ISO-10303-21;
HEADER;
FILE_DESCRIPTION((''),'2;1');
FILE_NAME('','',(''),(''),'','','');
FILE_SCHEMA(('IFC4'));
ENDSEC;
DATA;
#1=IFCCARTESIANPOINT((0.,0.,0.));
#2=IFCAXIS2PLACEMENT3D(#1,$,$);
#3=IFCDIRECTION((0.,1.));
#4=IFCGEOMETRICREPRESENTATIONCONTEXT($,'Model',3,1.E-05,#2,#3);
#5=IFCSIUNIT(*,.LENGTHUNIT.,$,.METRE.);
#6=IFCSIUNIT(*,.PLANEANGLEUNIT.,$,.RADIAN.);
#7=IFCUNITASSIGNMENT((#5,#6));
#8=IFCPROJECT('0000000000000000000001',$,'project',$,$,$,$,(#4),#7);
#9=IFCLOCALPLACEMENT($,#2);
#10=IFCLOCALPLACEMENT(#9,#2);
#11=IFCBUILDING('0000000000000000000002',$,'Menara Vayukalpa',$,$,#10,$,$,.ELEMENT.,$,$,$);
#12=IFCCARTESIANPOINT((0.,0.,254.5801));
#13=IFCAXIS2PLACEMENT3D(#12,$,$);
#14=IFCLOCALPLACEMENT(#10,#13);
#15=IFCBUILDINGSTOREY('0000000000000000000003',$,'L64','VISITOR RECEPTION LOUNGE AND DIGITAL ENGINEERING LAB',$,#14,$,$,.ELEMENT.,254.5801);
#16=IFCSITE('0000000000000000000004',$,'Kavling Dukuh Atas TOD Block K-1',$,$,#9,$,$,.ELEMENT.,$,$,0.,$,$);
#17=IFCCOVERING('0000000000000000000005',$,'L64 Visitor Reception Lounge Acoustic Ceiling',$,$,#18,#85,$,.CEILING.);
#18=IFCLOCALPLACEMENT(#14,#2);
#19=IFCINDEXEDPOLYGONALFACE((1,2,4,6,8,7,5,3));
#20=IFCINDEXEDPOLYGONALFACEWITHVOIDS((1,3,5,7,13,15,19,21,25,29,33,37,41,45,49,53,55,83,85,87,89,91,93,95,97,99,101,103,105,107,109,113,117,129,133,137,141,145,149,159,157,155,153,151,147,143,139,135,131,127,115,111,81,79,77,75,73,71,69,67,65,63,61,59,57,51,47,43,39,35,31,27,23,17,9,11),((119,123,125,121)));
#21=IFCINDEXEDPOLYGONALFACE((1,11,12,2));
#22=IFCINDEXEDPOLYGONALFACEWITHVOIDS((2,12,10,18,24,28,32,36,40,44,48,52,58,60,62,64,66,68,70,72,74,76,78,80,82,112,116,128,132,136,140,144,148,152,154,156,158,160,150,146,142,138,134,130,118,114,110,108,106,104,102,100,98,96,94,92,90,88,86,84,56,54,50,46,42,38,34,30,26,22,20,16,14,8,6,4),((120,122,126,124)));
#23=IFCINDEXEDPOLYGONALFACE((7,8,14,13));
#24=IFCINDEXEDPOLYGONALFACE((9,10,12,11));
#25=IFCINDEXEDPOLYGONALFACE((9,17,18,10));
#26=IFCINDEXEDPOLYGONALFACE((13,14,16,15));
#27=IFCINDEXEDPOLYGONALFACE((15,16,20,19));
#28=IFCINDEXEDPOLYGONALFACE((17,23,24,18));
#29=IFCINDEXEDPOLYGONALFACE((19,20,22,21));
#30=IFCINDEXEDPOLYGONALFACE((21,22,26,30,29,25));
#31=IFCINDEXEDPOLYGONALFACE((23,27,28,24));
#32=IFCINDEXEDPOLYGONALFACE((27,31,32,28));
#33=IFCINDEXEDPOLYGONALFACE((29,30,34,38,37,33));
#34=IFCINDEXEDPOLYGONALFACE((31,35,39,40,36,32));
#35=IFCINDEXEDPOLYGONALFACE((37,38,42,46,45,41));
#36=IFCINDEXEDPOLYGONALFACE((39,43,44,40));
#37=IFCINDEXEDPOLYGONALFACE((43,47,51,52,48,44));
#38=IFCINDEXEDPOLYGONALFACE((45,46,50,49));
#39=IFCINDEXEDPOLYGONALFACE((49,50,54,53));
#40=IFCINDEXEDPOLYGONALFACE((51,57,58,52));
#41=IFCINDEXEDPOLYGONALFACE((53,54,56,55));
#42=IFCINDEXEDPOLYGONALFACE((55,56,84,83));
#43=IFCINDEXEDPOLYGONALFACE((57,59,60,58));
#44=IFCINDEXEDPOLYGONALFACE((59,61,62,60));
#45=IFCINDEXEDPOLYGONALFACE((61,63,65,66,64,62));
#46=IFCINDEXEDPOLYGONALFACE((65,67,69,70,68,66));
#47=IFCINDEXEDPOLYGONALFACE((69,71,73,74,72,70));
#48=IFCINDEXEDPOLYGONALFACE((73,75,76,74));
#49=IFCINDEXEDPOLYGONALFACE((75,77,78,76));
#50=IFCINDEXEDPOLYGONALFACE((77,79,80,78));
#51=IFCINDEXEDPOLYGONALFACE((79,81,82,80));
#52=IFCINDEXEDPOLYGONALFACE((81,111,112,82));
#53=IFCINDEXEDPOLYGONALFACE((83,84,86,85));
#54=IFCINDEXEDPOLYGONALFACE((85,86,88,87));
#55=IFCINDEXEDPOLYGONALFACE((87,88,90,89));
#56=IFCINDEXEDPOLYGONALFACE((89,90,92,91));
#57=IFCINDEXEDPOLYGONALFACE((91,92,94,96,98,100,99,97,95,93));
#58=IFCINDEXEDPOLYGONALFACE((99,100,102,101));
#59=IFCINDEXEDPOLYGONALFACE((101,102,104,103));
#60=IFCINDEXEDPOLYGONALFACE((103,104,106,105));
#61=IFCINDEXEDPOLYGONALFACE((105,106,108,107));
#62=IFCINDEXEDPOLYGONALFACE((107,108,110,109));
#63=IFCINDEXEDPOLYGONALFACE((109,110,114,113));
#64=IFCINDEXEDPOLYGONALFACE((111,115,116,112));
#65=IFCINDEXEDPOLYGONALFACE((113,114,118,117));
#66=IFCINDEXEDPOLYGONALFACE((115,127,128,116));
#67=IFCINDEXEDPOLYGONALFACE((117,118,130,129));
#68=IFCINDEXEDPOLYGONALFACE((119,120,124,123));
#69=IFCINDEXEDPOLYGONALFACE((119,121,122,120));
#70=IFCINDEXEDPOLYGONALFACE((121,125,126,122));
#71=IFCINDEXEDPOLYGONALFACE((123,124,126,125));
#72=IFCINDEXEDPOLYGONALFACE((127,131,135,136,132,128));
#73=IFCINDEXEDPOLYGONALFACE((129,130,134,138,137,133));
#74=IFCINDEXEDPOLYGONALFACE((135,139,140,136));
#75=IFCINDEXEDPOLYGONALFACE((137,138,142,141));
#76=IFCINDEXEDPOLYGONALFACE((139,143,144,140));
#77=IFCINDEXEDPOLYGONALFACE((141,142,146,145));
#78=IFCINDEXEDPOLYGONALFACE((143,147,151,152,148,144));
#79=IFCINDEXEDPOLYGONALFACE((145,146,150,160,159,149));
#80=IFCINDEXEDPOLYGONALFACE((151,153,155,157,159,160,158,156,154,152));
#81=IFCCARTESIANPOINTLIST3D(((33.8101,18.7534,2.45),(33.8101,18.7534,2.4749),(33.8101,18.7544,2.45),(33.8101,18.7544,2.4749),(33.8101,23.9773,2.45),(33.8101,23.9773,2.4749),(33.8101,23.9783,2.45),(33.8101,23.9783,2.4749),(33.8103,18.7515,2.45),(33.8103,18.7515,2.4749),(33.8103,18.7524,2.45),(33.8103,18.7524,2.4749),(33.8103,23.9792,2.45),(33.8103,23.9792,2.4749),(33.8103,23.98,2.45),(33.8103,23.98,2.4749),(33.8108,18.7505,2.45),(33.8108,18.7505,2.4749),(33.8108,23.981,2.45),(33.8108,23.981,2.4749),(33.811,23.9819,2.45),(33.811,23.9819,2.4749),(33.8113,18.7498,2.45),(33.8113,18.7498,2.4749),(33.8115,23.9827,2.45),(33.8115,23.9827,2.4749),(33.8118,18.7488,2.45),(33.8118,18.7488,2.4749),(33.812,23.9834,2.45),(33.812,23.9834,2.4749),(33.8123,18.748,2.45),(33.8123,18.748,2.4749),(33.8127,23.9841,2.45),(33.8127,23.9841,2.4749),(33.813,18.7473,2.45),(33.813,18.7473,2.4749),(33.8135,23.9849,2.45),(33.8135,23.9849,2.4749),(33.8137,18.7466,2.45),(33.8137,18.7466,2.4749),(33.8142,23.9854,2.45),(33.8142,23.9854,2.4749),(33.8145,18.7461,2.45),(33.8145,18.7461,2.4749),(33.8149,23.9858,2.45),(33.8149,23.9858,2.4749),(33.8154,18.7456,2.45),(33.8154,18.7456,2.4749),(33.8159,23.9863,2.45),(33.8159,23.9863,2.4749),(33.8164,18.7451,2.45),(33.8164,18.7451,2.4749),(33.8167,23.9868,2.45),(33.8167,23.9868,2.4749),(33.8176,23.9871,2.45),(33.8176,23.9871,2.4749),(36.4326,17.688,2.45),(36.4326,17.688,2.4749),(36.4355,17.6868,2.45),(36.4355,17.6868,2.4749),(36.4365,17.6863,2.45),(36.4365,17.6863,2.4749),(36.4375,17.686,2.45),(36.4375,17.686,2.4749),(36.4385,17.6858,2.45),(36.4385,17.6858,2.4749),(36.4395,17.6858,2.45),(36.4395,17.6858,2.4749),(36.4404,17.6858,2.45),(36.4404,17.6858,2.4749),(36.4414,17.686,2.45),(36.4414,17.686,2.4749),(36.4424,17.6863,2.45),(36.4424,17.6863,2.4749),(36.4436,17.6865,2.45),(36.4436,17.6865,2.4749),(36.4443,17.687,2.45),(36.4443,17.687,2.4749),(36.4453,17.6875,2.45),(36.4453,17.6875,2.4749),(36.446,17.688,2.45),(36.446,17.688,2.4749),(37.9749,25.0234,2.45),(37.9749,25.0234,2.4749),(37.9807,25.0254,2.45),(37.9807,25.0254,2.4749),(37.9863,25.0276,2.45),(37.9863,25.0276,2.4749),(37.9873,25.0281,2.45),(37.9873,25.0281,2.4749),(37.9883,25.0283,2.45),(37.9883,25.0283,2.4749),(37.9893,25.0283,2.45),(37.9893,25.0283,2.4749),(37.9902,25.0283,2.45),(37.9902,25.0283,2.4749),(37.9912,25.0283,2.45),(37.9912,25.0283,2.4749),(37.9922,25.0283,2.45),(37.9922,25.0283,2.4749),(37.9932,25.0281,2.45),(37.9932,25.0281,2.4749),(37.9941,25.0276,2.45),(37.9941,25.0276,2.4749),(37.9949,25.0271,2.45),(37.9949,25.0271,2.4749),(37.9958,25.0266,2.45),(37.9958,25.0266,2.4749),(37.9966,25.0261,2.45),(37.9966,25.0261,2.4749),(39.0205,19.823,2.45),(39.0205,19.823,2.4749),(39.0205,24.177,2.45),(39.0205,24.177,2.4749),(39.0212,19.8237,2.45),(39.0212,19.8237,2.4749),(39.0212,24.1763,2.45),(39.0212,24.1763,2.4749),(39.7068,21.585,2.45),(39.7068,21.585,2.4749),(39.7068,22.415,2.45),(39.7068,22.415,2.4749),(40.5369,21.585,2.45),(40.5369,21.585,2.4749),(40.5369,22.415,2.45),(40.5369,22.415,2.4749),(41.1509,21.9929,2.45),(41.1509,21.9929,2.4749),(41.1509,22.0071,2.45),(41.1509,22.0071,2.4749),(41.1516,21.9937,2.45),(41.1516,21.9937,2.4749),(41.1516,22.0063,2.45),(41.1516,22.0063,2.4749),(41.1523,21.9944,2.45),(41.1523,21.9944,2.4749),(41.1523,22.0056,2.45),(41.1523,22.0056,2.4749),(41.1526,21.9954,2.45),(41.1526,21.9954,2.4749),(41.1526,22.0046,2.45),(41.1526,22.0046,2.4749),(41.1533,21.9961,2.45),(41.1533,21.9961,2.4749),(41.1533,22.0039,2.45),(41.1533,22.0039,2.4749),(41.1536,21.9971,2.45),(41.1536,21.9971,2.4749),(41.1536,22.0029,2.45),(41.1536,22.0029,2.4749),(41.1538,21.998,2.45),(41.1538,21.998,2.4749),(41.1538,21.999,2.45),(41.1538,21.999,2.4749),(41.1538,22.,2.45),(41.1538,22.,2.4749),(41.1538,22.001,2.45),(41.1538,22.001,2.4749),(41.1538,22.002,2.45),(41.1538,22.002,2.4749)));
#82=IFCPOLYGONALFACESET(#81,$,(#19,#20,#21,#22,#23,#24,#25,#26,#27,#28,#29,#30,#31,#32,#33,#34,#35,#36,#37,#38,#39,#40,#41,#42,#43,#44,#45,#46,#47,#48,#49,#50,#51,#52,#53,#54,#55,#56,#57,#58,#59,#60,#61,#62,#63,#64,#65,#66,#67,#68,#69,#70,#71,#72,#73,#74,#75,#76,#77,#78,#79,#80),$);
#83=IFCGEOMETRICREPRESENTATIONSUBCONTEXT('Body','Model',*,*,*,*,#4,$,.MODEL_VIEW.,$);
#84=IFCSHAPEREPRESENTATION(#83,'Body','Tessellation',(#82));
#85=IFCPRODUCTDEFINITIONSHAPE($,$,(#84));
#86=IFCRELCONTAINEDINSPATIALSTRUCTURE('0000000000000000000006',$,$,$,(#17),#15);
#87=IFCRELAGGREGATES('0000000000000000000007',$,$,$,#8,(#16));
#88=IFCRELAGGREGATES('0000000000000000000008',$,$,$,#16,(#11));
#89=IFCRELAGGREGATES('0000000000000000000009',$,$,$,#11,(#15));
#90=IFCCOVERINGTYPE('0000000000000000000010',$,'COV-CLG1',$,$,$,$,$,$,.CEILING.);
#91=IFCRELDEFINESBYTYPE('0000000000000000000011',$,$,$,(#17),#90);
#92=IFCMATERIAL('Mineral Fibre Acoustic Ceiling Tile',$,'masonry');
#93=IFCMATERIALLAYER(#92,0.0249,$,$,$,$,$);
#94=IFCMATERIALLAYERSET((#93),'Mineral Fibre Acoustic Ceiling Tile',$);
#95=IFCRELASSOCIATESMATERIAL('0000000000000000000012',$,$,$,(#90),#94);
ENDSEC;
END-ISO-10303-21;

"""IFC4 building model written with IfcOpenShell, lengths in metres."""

from ifc_helpers import new_model, si_unit, direction, frame, origin, place, context, subcontext, project, spatial, polyline, outline, extrude, material, layer, layer_set, type_object, element, save


model = new_model("IFC4")

# Units and contexts
model_context = context("Model", 3, precision=1e-05, world=origin(), true_north=direction((0.0, 1.0)))
body_context = subcontext(model_context, "Body", "Model", "MODEL_VIEW")
ifc_project = project(units=[si_unit("LENGTHUNIT", "METRE"), si_unit("PLANEANGLEUNIT", "RADIAN")], contexts=[model_context])

# Site, building, storey
site_placement = place(None, origin())
site = spatial("IfcSite", under=ifc_project, at=site_placement, Name="Kavling Dukuh Atas TOD Block K-1", CompositionType="ELEMENT", RefElevation=0.0)
building_placement = place(site_placement, origin())
building = spatial("IfcBuilding", under=site, at=building_placement, Name="Menara Vayukalpa", CompositionType="ELEMENT")
storey_placement = place(building_placement, frame((0.0, 0.0, 254.5801)))
storey = spatial("IfcBuildingStorey", under=building, at=storey_placement, Name="L64", Description="VISITOR RECEPTION LOUNGE AND DIGITAL ENGINEERING LAB", CompositionType="ELEMENT", Elevation=254.5801)

# Covering
ifc_material_1 = material(Name="Mineral Fibre Acoustic Ceiling Tile", Category="masonry")
ifc_layer_1 = layer(ifc_material_1, 0.0249)
ifc_layer_set_1 = layer_set([ifc_layer_1], Name="Mineral Fibre Acoustic Ceiling Tile")
covering_type_1 = type_object("IfcCoveringType", Name="COV-CLG1", PredefinedType="CEILING", material=ifc_layer_set_1)
covering_1_placement = place(storey_placement, frame((0.0, 0.0, 2.45)))
element("IfcCovering", 1, at=covering_1_placement, inside=storey, type_object=covering_type_1, Name="L64 Visitor Reception Lounge Acoustic Ceiling", PredefinedType="CEILING", context=body_context, shape_type="SweptSolid", body=[
    extrude(outline(polyline([(41.1509, 22.0071), (41.1516, 22.0063), (41.1523, 22.0056), (41.1526, 22.0046), (41.1533, 22.0039), (41.1536, 22.0029), (41.1538, 22.002), (41.1538, 22.001), (41.1538, 22.0), (41.1538, 21.999), (41.1538, 21.998), (41.1536, 21.9971), (41.1533, 21.9961), (41.1526, 21.9954), (41.1523, 21.9944), (41.1516, 21.9937), (41.1509, 21.9929), (39.0212, 19.8237), (39.0205, 19.823), (36.446, 17.688), (36.4453, 17.6875), (36.4443, 17.687), (36.4436, 17.6865), (36.4424, 17.6863), (36.4414, 17.686), (36.4404, 17.6858), (36.4395, 17.6858), (36.4385, 17.6858), (36.4375, 17.686), (36.4365, 17.6863), (36.4355, 17.6868), (36.4326, 17.688), (33.8164, 18.7451), (33.8154, 18.7456), (33.8145, 18.7461), (33.8137, 18.7466), (33.813, 18.7473), (33.8123, 18.748), (33.8118, 18.7488), (33.8113, 18.7498), (33.8108, 18.7505), (33.8103, 18.7515), (33.8103, 18.7524), (33.8101, 18.7534), (33.8101, 18.7544), (33.8101, 23.9773), (33.8101, 23.9783), (33.8103, 23.9792), (33.8103, 23.98), (33.8108, 23.981), (33.811, 23.9819), (33.8115, 23.9827), (33.812, 23.9834), (33.8127, 23.9841), (33.8135, 23.9849), (33.8142, 23.9854), (33.8149, 23.9858), (33.8159, 23.9863), (33.8167, 23.9868), (33.8176, 23.9871), (37.9749, 25.0234), (37.9807, 25.0254), (37.9863, 25.0276), (37.9873, 25.0281), (37.9883, 25.0283), (37.9893, 25.0283), (37.9902, 25.0283), (37.9912, 25.0283), (37.9922, 25.0283), (37.9932, 25.0281), (37.9941, 25.0276), (37.9949, 25.0271), (37.9958, 25.0266), (37.9966, 25.0261), (39.0205, 24.177), (39.0212, 24.1763), (41.1509, 22.0071)]), holes=[polyline([(40.5369, 22.415), (39.7068, 22.415), (39.7068, 21.585), (40.5369, 21.585), (40.5369, 22.415)])]), origin(), (0.0, 0.0, 1.0), 0.0249),
])

save(model, "model.ifc")
